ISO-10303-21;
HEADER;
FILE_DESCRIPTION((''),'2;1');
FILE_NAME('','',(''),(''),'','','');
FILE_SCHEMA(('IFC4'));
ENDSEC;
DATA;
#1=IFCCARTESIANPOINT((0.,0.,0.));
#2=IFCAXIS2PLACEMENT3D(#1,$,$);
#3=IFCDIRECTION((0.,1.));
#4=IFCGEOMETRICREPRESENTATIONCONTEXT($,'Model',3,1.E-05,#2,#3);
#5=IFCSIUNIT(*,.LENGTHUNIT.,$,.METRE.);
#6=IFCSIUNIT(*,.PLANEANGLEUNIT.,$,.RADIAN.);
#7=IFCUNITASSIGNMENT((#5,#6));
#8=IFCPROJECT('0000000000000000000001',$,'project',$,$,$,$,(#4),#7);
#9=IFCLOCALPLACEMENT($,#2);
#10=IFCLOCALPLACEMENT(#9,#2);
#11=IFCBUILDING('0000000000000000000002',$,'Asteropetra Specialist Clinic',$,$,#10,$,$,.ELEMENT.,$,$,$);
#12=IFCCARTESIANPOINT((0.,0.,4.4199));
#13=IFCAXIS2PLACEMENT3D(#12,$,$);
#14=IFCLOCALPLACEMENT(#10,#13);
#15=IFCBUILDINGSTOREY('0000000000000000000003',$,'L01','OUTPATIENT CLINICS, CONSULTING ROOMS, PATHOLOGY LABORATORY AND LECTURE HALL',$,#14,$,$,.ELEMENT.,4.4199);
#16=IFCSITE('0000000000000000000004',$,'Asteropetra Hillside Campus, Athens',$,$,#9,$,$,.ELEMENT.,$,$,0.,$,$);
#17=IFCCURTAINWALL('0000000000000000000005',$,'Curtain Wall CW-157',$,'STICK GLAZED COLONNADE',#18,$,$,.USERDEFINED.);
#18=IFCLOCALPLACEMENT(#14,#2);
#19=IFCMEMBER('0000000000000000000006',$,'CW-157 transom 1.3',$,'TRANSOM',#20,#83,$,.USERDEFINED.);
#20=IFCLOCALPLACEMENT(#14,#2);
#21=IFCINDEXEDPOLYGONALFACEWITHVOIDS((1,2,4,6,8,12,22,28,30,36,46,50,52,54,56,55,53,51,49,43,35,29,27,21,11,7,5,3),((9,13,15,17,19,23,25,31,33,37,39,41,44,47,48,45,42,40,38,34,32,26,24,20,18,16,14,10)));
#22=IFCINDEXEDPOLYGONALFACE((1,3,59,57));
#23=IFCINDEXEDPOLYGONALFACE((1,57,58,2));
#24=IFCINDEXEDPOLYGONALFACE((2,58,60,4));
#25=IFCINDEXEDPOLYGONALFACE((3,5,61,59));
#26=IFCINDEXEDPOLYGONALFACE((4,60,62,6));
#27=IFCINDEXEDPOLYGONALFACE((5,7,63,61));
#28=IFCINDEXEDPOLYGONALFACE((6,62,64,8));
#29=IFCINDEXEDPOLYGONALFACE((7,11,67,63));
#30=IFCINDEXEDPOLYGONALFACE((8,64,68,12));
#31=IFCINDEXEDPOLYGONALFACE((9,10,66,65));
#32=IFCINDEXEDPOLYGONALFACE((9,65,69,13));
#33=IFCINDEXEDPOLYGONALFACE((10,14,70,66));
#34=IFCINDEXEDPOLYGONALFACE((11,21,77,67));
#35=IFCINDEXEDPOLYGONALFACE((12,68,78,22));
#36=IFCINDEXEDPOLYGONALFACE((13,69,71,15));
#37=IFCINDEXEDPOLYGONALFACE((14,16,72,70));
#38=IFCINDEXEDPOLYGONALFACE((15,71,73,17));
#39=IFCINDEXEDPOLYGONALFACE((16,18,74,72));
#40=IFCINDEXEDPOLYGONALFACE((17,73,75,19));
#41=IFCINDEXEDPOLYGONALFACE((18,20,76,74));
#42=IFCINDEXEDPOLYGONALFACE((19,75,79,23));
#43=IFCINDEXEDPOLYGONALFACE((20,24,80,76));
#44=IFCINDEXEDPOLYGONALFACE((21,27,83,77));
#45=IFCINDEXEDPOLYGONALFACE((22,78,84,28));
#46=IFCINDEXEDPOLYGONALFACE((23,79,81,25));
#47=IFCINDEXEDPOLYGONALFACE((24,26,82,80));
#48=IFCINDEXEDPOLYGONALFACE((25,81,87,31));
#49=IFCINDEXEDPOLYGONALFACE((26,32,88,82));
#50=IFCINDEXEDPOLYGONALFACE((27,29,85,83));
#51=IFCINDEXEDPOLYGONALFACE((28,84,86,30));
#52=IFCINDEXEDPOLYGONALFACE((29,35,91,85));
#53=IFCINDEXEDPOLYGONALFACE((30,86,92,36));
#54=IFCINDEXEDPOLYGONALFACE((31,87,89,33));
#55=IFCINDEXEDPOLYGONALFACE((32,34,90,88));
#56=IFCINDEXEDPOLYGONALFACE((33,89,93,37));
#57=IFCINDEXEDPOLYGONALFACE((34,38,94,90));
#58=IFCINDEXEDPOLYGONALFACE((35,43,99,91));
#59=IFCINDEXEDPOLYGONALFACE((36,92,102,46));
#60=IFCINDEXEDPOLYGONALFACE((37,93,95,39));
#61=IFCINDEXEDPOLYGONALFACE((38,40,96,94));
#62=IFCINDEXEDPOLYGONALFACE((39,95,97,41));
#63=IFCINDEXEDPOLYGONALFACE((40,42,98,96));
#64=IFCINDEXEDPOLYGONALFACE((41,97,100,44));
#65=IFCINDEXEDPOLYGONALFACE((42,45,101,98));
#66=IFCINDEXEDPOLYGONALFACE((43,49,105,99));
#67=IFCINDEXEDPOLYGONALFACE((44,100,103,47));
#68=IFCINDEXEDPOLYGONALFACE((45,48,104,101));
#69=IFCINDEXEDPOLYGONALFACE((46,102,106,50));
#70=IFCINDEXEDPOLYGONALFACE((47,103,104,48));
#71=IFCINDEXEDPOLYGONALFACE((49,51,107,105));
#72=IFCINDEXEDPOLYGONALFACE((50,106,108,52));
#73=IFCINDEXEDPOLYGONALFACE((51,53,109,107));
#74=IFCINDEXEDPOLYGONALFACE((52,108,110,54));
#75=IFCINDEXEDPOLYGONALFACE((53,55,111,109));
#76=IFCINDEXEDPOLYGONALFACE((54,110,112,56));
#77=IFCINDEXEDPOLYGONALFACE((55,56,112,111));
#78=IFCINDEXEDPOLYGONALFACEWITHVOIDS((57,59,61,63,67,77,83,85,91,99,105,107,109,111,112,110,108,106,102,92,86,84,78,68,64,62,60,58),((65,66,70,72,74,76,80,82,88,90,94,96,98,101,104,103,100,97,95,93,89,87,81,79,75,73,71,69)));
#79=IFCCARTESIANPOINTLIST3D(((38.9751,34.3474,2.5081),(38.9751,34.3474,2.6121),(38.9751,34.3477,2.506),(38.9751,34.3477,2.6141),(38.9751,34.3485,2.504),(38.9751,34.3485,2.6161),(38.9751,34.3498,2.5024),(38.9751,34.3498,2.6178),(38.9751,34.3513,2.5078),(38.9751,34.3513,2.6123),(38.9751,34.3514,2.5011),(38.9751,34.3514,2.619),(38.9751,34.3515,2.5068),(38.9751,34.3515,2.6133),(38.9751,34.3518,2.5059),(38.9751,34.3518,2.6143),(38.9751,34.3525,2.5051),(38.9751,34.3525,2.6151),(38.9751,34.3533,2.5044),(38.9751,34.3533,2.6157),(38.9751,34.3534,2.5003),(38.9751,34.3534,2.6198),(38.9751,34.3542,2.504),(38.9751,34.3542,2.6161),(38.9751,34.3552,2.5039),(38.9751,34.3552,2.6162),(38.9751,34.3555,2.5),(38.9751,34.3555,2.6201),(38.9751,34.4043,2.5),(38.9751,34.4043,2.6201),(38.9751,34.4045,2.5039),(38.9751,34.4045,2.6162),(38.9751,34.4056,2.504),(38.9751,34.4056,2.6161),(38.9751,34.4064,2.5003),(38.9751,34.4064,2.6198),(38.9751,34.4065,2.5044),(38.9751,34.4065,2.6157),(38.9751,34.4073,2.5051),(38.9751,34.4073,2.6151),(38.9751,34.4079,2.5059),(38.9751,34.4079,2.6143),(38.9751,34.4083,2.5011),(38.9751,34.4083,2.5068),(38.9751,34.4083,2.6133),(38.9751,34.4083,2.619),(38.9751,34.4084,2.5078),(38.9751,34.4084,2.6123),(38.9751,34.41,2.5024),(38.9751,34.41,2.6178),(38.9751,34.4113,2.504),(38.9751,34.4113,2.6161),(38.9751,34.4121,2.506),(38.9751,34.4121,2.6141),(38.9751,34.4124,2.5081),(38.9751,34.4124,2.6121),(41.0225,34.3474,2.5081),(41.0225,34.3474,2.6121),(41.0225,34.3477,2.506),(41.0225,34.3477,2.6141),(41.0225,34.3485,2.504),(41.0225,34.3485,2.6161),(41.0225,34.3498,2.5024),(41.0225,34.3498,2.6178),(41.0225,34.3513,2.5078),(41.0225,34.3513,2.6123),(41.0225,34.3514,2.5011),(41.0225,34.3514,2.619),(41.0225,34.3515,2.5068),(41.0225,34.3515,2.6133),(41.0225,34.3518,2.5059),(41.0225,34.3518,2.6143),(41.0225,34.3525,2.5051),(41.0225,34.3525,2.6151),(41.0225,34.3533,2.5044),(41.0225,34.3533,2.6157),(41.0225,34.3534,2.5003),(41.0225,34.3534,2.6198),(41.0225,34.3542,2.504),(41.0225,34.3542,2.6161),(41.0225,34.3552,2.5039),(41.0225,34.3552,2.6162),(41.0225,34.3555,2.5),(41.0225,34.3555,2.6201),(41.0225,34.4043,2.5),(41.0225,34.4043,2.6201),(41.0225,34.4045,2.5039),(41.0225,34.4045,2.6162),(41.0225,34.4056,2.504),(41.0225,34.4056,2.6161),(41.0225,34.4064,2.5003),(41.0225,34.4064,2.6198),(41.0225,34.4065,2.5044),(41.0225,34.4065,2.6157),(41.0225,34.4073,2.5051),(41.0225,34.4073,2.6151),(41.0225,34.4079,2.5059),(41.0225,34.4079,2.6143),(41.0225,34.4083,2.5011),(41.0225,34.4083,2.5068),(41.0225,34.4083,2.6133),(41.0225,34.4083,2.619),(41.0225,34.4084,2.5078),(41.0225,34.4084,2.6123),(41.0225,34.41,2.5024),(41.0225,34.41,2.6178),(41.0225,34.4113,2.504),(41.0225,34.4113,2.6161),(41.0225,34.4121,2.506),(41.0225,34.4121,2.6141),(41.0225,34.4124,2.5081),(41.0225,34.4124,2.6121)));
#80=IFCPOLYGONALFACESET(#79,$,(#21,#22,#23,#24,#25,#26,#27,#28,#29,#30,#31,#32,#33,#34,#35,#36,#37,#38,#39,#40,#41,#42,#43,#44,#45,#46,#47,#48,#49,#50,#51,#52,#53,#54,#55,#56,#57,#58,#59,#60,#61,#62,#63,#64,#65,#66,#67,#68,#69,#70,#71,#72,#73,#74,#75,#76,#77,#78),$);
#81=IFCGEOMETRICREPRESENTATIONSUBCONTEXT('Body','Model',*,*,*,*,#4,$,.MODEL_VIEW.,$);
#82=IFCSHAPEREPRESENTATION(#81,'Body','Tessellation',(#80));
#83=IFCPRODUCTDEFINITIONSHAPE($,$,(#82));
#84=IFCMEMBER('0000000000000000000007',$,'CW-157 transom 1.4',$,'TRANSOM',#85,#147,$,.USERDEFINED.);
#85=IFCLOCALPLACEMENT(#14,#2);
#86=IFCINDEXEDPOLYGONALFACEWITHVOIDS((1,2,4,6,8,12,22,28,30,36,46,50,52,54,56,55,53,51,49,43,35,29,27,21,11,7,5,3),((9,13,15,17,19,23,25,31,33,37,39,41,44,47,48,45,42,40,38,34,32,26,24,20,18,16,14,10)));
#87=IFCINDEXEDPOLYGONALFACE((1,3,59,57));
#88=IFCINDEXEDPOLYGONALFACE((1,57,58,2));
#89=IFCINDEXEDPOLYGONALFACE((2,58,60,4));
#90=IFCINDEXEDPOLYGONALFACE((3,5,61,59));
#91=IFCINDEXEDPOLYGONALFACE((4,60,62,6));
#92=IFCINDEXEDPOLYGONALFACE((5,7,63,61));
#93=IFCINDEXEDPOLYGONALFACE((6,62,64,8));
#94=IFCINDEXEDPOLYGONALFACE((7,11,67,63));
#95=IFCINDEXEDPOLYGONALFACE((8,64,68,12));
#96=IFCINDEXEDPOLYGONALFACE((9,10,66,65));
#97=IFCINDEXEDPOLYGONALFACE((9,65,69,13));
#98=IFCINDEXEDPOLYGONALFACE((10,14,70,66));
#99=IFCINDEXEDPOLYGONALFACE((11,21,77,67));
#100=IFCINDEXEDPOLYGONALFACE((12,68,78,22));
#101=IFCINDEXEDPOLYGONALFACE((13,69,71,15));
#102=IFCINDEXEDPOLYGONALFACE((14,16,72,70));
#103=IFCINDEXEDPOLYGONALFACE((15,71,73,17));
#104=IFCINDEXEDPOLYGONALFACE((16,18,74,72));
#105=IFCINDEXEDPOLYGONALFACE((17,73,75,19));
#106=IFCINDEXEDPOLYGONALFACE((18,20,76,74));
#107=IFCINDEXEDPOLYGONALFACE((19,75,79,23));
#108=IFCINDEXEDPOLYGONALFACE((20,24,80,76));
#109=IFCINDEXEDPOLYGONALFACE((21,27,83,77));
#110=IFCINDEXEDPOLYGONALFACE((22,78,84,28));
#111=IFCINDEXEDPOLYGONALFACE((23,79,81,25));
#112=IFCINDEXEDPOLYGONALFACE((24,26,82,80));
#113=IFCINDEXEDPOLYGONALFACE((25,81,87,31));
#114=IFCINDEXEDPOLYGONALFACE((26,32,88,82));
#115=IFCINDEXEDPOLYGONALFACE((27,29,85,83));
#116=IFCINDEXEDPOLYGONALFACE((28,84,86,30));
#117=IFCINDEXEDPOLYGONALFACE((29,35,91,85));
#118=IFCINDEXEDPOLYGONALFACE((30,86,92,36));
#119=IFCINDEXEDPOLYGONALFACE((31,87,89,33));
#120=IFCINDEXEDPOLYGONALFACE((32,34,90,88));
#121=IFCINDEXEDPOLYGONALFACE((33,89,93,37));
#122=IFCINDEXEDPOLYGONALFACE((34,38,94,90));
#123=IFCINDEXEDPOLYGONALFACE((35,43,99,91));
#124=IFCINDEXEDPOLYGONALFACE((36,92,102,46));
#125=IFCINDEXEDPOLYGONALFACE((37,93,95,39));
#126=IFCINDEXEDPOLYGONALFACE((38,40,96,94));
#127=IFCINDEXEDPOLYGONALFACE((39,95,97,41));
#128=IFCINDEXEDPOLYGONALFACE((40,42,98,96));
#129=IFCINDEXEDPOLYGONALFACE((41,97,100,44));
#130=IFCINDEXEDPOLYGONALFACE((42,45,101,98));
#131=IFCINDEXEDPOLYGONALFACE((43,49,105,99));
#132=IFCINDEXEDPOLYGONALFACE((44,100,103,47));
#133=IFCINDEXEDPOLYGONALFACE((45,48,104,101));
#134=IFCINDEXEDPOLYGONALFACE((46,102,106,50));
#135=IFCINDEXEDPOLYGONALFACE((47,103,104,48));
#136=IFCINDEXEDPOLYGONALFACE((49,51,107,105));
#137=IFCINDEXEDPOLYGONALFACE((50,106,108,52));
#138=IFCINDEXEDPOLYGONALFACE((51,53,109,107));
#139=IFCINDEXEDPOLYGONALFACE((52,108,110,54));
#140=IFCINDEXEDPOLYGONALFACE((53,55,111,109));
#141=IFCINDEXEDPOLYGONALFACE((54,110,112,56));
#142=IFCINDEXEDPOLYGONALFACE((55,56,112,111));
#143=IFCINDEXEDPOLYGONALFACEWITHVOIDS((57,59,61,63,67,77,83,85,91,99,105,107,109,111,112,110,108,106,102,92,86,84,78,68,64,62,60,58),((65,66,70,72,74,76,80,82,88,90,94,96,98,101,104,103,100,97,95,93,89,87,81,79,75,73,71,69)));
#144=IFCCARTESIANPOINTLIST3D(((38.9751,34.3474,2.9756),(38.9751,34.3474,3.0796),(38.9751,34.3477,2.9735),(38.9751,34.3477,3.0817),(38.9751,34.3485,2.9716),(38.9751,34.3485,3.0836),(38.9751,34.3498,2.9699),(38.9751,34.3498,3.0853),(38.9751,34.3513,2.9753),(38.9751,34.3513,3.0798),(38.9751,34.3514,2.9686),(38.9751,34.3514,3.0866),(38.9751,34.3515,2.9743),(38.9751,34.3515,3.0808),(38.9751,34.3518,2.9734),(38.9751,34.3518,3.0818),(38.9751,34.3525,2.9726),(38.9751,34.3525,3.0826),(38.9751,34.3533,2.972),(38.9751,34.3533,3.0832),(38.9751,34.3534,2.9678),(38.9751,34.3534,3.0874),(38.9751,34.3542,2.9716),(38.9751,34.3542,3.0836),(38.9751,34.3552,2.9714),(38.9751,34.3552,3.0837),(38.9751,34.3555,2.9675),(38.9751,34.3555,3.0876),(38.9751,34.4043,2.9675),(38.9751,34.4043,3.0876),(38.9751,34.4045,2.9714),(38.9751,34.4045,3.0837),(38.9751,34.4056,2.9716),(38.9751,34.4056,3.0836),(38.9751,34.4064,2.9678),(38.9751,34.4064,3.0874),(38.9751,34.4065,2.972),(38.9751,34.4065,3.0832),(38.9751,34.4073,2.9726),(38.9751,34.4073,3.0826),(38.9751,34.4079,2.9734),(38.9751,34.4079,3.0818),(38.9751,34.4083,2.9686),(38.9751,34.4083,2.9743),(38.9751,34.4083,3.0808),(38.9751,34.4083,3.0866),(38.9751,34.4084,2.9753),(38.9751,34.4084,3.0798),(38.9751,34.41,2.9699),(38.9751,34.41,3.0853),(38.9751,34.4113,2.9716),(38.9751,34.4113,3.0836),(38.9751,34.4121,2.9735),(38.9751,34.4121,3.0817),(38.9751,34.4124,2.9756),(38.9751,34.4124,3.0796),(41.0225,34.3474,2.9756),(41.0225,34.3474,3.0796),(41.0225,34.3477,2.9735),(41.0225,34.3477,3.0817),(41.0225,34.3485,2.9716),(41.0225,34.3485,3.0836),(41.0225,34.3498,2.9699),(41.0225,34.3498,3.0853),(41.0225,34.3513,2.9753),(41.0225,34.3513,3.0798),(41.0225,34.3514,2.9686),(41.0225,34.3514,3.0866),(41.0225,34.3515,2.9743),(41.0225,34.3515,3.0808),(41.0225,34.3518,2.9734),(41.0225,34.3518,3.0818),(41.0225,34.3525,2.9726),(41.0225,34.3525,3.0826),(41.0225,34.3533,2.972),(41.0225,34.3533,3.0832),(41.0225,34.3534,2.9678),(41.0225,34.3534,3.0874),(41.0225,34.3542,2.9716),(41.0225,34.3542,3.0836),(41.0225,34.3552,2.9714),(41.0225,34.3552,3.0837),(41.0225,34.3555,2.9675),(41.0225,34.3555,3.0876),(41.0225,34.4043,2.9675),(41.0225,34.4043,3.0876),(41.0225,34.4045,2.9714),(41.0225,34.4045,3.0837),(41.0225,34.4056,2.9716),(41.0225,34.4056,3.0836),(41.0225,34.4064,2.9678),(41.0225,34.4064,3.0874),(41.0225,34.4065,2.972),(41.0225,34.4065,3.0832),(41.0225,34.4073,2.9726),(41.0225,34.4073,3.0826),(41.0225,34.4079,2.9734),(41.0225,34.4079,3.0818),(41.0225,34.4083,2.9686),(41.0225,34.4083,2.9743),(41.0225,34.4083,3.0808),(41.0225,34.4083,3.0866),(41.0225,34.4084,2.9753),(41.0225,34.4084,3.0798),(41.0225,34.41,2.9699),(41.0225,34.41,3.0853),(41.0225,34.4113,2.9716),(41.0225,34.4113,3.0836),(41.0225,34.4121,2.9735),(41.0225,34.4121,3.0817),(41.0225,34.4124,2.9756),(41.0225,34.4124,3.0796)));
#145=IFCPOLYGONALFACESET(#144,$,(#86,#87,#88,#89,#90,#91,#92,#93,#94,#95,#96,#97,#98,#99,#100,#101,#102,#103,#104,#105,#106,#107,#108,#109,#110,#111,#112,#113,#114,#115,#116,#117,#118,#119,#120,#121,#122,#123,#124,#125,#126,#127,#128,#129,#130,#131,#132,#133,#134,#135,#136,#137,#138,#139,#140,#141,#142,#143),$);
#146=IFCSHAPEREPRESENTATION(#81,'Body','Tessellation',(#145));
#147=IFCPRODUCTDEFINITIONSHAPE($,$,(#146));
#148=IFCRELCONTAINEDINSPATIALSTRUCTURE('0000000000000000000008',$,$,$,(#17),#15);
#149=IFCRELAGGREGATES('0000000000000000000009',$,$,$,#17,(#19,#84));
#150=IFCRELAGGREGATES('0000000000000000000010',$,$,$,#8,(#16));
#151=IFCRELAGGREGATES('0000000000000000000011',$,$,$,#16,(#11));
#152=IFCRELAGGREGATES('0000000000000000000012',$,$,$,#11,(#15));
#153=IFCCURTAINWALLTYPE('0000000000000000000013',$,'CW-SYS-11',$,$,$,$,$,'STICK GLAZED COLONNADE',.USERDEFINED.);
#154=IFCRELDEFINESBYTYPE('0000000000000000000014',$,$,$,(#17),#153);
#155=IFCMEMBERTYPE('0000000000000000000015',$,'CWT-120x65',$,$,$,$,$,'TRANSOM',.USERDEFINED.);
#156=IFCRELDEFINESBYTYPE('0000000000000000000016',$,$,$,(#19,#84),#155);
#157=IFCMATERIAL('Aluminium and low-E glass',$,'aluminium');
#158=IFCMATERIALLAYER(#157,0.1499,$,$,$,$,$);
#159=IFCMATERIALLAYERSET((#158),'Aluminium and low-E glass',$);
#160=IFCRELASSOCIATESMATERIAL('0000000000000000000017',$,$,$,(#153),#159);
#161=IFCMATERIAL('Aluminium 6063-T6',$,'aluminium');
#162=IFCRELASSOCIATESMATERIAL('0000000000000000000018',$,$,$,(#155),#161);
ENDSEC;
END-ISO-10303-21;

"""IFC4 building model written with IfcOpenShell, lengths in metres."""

from ifc_helpers import new_model, si_unit, direction, frame, origin, origin_2d, place, context, subcontext, project, spatial, hollow_rectangle, extrude, material, layer, layer_set, material_profile, profile_set, type_object, element, aggregate, save


model = new_model("IFC4")

# Units and contexts
model_context = context("Model", 3, precision=1e-05, world=origin(), true_north=direction((0.0, 1.0)))
body_context = subcontext(model_context, "Body", "Model", "MODEL_VIEW")
ifc_project = project(units=[si_unit("LENGTHUNIT", "METRE"), si_unit("PLANEANGLEUNIT", "RADIAN")], contexts=[model_context])

# Site, building, storey
site_placement = place(None, origin())
site = spatial("IfcSite", under=ifc_project, at=site_placement, Name="Asteropetra Hillside Campus, Athens", CompositionType="ELEMENT", RefElevation=0.0)
building_placement = place(site_placement, origin())
building = spatial("IfcBuilding", under=site, at=building_placement, Name="Asteropetra Specialist Clinic", CompositionType="ELEMENT")
storey_placement = place(building_placement, frame((0.0, 0.0, 4.4199)))
storey = spatial("IfcBuildingStorey", under=building, at=storey_placement, Name="L01", Description="OUTPATIENT CLINICS, CONSULTING ROOMS, PATHOLOGY LABORATORY AND LECTURE HALL", CompositionType="ELEMENT", Elevation=4.4199)

# Curtain wall
ifc_material_1 = material(Name="Aluminium and low-E glass", Category="aluminium")
ifc_layer_1 = layer(ifc_material_1, 0.1499)
ifc_layer_set_1 = layer_set([ifc_layer_1], Name="Aluminium and low-E glass")
curtain_wall_type_1 = type_object("IfcCurtainWallType", Name="CW-SYS-11", ElementType="STICK GLAZED COLONNADE", PredefinedType="USERDEFINED", material=ifc_layer_set_1)
curtain_wall_1_placement = place(storey_placement, origin())
curtain_wall_1 = element("IfcCurtainWall", 1, at=curtain_wall_1_placement, inside=storey, type_object=curtain_wall_type_1, Name="Curtain Wall CW-157", ObjectType="STICK GLAZED COLONNADE", PredefinedType="USERDEFINED")

# Members
ifc_material_2 = material(Name="Aluminium 6063-T6", Category="aluminium")
ifc_material_profile_1 = material_profile(ifc_material_2, hollow_rectangle(XDim=0.0649, YDim=0.1201, WallThickness=0.0039, InnerFilletRadius=0.0039, OuterFilletRadius=0.0081, at=origin_2d()), Name="TRN 120x65x4.0")
ifc_profile_set_1 = profile_set([ifc_material_profile_1], Name="Aluminium 6063-T6")
member_type_1 = type_object("IfcMemberType", Name="CWT-120x65", ElementType="TRANSOM", PredefinedType="USERDEFINED", material=ifc_profile_set_1)
member_1_placement = place(storey_placement, frame((38.9751, 34.3799, 2.5601), z_axis=(1.0, 0.0, 0.0), x_axis=(0.0, 1.0, 0.0)))
member_1 = element("IfcMember", 2, at=member_1_placement, type_object=member_type_1, Name="CW-157 transom 1.3", ObjectType="TRANSOM", PredefinedType="USERDEFINED", context=body_context, shape_type="SweptSolid", body=[
    extrude(hollow_rectangle(XDim=0.0649, YDim=0.1201, WallThickness=0.0039, InnerFilletRadius=0.0039, OuterFilletRadius=0.0081, at=origin_2d()), origin(), (0.0, 0.0, 1.0), 2.0474),
])
member_2_placement = place(storey_placement, frame((38.9751, 34.3799, 3.0276), z_axis=(1.0, 0.0, 0.0), x_axis=(0.0, 1.0, 0.0)))
member_2 = element("IfcMember", 3, at=member_2_placement, type_object=member_type_1, Name="CW-157 transom 1.4", ObjectType="TRANSOM", PredefinedType="USERDEFINED", context=body_context, shape_type="SweptSolid", body=[
    extrude(hollow_rectangle(XDim=0.0649, YDim=0.1201, WallThickness=0.0039, InnerFilletRadius=0.0039, OuterFilletRadius=0.0081, at=origin_2d()), origin(), (0.0, 0.0, 1.0), 2.0474),
])

aggregate(curtain_wall_1, [member_1, member_2])

save(model, "model.ifc")
